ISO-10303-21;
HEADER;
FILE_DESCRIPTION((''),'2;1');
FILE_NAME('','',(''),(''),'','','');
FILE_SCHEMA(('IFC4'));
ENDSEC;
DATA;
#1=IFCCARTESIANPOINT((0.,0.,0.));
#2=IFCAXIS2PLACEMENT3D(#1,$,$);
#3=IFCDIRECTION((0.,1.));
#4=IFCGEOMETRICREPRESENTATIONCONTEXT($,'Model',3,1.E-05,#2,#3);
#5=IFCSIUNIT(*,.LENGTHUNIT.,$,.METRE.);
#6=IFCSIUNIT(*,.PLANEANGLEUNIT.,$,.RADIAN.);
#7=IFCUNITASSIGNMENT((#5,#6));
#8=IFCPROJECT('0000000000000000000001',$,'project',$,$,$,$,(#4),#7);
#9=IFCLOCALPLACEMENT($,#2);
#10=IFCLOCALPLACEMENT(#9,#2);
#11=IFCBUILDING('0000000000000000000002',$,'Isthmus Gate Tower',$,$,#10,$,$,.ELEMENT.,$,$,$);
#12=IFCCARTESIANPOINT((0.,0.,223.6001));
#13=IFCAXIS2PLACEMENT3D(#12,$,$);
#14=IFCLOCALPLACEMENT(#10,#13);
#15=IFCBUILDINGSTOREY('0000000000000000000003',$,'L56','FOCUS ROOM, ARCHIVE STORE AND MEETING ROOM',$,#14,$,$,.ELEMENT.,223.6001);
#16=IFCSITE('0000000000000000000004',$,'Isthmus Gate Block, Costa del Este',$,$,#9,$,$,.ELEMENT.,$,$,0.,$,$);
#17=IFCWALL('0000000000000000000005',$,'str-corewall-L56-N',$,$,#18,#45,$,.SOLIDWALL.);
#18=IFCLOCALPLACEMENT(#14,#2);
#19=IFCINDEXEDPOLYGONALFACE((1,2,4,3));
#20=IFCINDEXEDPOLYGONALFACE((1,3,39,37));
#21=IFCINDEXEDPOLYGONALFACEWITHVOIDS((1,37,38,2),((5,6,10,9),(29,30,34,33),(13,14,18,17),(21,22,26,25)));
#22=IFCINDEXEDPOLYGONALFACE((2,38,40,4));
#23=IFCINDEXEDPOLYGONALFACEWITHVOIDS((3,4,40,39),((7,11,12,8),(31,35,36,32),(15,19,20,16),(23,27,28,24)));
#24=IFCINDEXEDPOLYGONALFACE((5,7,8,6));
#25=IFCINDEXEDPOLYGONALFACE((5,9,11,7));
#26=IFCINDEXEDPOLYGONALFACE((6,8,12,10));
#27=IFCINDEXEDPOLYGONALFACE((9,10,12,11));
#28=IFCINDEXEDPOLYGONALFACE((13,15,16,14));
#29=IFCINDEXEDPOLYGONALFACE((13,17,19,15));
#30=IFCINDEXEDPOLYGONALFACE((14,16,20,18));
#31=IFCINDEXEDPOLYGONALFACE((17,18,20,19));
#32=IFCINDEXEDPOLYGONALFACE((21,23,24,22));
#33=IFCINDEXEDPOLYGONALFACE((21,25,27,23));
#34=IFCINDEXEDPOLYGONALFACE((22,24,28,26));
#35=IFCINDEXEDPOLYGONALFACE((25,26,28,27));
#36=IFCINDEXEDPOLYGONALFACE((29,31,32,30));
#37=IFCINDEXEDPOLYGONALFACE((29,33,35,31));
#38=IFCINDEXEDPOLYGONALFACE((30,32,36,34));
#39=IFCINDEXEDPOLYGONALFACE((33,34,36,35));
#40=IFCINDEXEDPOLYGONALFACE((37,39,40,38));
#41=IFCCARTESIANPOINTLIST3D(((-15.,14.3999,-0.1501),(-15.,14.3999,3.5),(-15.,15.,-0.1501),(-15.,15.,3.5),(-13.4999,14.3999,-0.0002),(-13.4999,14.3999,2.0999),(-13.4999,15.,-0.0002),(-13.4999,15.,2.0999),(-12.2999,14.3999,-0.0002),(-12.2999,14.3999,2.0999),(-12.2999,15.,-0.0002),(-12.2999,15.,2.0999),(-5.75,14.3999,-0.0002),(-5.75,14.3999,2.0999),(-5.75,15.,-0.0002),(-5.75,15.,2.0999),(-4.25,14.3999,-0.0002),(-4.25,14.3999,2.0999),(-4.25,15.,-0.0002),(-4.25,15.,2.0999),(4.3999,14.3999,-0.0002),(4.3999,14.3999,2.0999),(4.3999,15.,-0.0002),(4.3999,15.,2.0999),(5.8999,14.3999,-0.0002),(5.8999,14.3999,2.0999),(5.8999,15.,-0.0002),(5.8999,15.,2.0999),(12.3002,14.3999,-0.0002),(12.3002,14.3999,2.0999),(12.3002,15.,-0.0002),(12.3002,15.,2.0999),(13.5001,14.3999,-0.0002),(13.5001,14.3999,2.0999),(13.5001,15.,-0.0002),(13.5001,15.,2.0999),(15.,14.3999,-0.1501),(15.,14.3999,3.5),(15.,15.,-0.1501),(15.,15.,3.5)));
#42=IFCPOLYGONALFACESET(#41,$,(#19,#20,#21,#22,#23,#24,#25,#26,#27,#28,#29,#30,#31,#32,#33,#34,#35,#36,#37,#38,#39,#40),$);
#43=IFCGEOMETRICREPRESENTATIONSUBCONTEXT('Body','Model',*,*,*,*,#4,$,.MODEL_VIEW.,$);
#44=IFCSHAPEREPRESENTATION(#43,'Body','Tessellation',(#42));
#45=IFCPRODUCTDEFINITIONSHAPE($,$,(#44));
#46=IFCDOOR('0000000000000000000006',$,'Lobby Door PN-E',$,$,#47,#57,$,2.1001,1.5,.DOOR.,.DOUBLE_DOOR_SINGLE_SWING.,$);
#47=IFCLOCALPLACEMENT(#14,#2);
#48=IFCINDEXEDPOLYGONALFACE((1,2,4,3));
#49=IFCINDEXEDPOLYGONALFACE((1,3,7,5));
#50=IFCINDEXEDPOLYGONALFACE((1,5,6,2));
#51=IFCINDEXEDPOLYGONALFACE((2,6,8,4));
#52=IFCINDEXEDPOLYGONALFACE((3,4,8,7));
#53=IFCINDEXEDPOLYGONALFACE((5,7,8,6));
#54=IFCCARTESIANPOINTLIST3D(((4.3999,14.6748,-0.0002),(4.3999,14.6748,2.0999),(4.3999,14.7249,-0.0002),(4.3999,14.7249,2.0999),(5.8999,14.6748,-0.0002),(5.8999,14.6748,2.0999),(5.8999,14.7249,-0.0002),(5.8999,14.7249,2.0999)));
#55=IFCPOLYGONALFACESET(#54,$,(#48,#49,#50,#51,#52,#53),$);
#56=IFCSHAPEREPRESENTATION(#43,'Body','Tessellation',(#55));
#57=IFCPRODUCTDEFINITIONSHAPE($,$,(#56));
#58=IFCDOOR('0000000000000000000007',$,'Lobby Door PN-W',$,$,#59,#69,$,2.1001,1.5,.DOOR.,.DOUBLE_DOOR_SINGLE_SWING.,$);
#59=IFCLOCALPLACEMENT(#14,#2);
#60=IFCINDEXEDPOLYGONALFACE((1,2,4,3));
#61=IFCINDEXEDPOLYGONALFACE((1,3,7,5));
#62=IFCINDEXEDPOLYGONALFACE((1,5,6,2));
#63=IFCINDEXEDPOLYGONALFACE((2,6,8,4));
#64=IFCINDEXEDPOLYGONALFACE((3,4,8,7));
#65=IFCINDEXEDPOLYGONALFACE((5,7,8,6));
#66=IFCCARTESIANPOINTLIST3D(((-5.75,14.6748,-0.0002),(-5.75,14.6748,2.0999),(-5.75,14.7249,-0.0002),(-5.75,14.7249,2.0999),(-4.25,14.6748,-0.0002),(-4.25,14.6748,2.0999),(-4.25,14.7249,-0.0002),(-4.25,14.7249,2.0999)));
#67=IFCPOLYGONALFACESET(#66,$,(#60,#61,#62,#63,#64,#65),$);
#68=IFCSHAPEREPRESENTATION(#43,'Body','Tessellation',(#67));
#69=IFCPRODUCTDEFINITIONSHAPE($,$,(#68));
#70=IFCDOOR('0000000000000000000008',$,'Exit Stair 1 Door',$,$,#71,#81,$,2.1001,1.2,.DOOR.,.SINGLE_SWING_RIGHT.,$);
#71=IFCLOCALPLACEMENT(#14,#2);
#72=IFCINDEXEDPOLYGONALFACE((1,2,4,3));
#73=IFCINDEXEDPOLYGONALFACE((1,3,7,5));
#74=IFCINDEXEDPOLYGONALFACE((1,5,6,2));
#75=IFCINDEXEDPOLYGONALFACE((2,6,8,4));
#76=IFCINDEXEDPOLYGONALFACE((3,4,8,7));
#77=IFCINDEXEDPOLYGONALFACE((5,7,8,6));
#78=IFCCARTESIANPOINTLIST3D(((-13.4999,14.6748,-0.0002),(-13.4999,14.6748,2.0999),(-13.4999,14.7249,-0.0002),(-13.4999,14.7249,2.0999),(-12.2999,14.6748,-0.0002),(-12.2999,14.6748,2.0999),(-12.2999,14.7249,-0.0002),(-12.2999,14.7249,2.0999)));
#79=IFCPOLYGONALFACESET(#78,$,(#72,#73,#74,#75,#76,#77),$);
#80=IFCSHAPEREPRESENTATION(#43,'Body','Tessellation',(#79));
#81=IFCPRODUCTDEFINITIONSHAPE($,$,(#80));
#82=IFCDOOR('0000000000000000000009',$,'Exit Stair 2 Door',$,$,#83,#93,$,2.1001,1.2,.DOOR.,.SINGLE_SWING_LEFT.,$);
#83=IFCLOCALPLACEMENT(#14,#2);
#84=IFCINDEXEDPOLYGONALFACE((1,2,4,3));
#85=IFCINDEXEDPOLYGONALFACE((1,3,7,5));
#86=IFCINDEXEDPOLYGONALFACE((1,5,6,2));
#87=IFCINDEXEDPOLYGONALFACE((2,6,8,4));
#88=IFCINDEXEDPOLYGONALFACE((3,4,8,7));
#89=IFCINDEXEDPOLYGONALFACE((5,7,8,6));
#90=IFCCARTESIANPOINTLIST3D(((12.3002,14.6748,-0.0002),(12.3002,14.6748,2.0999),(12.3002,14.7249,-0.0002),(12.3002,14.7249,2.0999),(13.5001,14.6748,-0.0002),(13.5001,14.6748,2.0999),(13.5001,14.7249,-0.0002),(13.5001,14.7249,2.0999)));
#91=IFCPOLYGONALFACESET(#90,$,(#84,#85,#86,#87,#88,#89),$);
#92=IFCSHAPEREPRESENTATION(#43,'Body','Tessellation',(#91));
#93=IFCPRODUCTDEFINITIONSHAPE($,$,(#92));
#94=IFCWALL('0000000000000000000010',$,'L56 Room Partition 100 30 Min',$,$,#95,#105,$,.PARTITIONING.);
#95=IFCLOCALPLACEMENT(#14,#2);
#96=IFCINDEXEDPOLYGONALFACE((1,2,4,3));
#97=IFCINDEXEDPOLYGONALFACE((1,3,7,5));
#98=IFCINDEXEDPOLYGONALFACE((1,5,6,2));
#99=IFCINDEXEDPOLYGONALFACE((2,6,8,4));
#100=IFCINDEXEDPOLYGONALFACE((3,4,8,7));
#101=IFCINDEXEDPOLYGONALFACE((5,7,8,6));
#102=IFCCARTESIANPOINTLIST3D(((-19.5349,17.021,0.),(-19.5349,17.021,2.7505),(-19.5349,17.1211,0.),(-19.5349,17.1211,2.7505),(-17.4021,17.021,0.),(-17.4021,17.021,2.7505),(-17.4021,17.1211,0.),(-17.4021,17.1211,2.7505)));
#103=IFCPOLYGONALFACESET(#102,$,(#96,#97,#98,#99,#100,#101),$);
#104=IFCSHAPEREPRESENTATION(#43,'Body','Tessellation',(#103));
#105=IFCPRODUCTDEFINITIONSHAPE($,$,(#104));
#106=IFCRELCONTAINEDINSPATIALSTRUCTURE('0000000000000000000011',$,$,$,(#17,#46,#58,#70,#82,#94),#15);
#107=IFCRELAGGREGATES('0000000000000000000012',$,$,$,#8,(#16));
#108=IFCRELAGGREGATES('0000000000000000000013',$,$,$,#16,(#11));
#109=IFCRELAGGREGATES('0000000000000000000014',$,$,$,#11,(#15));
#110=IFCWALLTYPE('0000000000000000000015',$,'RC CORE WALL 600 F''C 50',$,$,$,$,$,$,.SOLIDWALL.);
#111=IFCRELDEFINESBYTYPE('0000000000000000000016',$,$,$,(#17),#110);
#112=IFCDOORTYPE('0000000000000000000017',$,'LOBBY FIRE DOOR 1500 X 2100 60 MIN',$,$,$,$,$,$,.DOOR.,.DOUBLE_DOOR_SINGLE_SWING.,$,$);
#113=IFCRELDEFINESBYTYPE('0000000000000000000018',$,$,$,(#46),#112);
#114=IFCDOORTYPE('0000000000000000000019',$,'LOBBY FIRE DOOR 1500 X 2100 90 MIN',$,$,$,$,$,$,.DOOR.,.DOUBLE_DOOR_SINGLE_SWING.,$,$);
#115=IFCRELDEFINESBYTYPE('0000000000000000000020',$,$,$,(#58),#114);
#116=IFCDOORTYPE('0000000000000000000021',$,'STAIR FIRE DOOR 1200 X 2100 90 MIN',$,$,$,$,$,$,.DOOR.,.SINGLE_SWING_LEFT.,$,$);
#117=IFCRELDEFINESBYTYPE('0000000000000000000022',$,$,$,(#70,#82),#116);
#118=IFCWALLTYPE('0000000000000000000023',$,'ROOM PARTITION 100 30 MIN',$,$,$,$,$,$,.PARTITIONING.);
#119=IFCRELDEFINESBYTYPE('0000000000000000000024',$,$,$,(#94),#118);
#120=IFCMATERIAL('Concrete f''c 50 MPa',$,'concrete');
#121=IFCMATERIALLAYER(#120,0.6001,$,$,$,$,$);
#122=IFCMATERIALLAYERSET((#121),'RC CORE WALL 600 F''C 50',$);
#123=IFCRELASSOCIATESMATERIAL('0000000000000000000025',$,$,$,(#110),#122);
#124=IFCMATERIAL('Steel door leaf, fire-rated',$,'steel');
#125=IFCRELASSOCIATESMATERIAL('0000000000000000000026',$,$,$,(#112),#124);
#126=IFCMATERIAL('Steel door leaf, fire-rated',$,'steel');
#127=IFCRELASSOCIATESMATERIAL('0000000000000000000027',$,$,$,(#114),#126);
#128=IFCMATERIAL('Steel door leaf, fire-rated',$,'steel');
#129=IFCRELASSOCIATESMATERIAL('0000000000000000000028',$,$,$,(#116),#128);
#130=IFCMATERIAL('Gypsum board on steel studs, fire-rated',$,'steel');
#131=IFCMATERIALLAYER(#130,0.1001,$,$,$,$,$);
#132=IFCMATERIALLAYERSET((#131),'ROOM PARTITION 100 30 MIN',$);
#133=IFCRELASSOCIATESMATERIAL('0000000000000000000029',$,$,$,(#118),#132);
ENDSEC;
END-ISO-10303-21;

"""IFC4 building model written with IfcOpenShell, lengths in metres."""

from ifc_helpers import new_model, si_unit, direction, frame, frame_2d, origin, place, context, subcontext, project, spatial, rectangle, extrude, material, layer, layer_set, type_object, element, fill, save


model = new_model("IFC4")

# Units and contexts
model_context = context("Model", 3, precision=1e-05, world=origin(), true_north=direction((0.0, 1.0)))
body_context = subcontext(model_context, "Body", "Model", "MODEL_VIEW")
ifc_project = project(units=[si_unit("LENGTHUNIT", "METRE"), si_unit("PLANEANGLEUNIT", "RADIAN")], contexts=[model_context])

# Site, building, storey
site_placement = place(None, origin())
site = spatial("IfcSite", under=ifc_project, at=site_placement, Name="Isthmus Gate Block, Costa del Este", CompositionType="ELEMENT", RefElevation=0.0)
building_placement = place(site_placement, origin())
building = spatial("IfcBuilding", under=site, at=building_placement, Name="Isthmus Gate Tower", CompositionType="ELEMENT")
storey_placement = place(building_placement, frame((0.0, 0.0, 223.6001)))
storey = spatial("IfcBuildingStorey", under=building, at=storey_placement, Name="L56", Description="FOCUS ROOM, ARCHIVE STORE AND MEETING ROOM", CompositionType="ELEMENT", Elevation=223.6001)

# Wall, openings, doors
ifc_material_1 = material(Name="Concrete f'c 50 MPa", Category="concrete")
ifc_layer_1 = layer(ifc_material_1, 0.6001)
ifc_layer_set_1 = layer_set([ifc_layer_1], Name="RC CORE WALL 600 F'C 50")
wall_type_1 = type_object("IfcWallType", Name="RC CORE WALL 600 F'C 50", PredefinedType="SOLIDWALL", material=ifc_layer_set_1)
wall_1_placement = place(storey_placement, frame((-15.0, 14.7, -0.1501), z_axis=(0.0, 0.0, 1.0), x_axis=(1.0, 0.0, 0.0)))
wall_1 = element("IfcWall", 1, at=wall_1_placement, inside=storey, type_object=wall_type_1, Name="str-corewall-L56-N", PredefinedType="SOLIDWALL", context=body_context, shape_type="SweptSolid", body=[
    extrude(rectangle(XDim=30.0, YDim=0.6001, at=frame_2d((15.0, 0.0))), origin(), (0.0, 0.0, 1.0), 3.6501),
])
opening_1_placement = place(wall_1_placement, frame((9.25, 0.0, 0.1499)))
opening_1 = element("IfcOpeningElement", 2, at=opening_1_placement, cuts=wall_1, PredefinedType="OPENING", context=body_context, shape_type="SweptSolid", body=[
    extrude(rectangle(XDim=1.5, YDim=2.1001, at=frame_2d((0.75, 1.05))), frame((0.0, 0.3101, 0.0), z_axis=(0.0, -1.0, 0.0), x_axis=(1.0, 0.0, 0.0)), (0.0, 0.0, 1.0), 0.6201),
])
opening_2_placement = place(wall_1_placement, frame((19.3999, 0.0, 0.1499)))
opening_2 = element("IfcOpeningElement", 3, at=opening_2_placement, cuts=wall_1, PredefinedType="OPENING", context=body_context, shape_type="SweptSolid", body=[
    extrude(rectangle(XDim=1.5, YDim=2.1001, at=frame_2d((0.75, 1.05))), frame((0.0, 0.3101, 0.0), z_axis=(0.0, -1.0, 0.0), x_axis=(1.0, 0.0, 0.0)), (0.0, 0.0, 1.0), 0.6201),
])
opening_3_placement = place(wall_1_placement, frame((1.5, 0.0, 0.1499)))
opening_3 = element("IfcOpeningElement", 4, at=opening_3_placement, cuts=wall_1, PredefinedType="OPENING", context=body_context, shape_type="SweptSolid", body=[
    extrude(rectangle(XDim=1.2, YDim=2.1001, at=frame_2d((0.6001, 1.05))), frame((0.0, 0.3101, 0.0), z_axis=(0.0, -1.0, 0.0), x_axis=(1.0, 0.0, 0.0)), (0.0, 0.0, 1.0), 0.6201),
])
opening_4_placement = place(wall_1_placement, frame((27.3, 0.0, 0.1499)))
opening_4 = element("IfcOpeningElement", 5, at=opening_4_placement, cuts=wall_1, PredefinedType="OPENING", context=body_context, shape_type="SweptSolid", body=[
    extrude(rectangle(XDim=1.2, YDim=2.1001, at=frame_2d((0.6001, 1.05))), frame((0.0, 0.3101, 0.0), z_axis=(0.0, -1.0, 0.0), x_axis=(1.0, 0.0, 0.0)), (0.0, 0.0, 1.0), 0.6201),
])
ifc_material_2 = material(Name="Steel door leaf, fire-rated", Category="steel")
door_type_1 = type_object("IfcDoorType", Name="LOBBY FIRE DOOR 1500 X 2100 60 MIN", OperationType="DOUBLE_DOOR_SINGLE_SWING", PredefinedType="DOOR", material=ifc_material_2)
door_1_placement = place(opening_2_placement, origin())
door_1 = element("IfcDoor", 6, at=door_1_placement, inside=storey, type_object=door_type_1, Name="Lobby Door PN-E", OperationType="DOUBLE_DOOR_SINGLE_SWING", OverallHeight=2.1001, OverallWidth=1.5, PredefinedType="DOOR", context=body_context, shape_type="SweptSolid", body=[
    extrude(rectangle(XDim=1.5, YDim=2.1001, at=frame_2d((0.75, 1.05))), frame((0.0, 0.0249, 0.0), z_axis=(0.0, -1.0, 0.0), x_axis=(1.0, 0.0, 0.0)), (0.0, 0.0, 1.0), 0.05),
])
fill(opening_2, door_1)
ifc_material_3 = material(Name="Steel door leaf, fire-rated", Category="steel")
door_type_2 = type_object("IfcDoorType", Name="LOBBY FIRE DOOR 1500 X 2100 90 MIN", OperationType="DOUBLE_DOOR_SINGLE_SWING", PredefinedType="DOOR", material=ifc_material_3)
door_2_placement = place(opening_1_placement, origin())
door_2 = element("IfcDoor", 7, at=door_2_placement, inside=storey, type_object=door_type_2, Name="Lobby Door PN-W", OperationType="DOUBLE_DOOR_SINGLE_SWING", OverallHeight=2.1001, OverallWidth=1.5, PredefinedType="DOOR", context=body_context, shape_type="SweptSolid", body=[
    extrude(rectangle(XDim=1.5, YDim=2.1001, at=frame_2d((0.75, 1.05))), frame((0.0, 0.0249, 0.0), z_axis=(0.0, -1.0, 0.0), x_axis=(1.0, 0.0, 0.0)), (0.0, 0.0, 1.0), 0.05),
])
fill(opening_1, door_2)
ifc_material_4 = material(Name="Steel door leaf, fire-rated", Category="steel")
door_type_3 = type_object("IfcDoorType", Name="STAIR FIRE DOOR 1200 X 2100 90 MIN", OperationType="SINGLE_SWING_LEFT", PredefinedType="DOOR", material=ifc_material_4)
door_3_placement = place(opening_3_placement, origin())
door_3 = element("IfcDoor", 8, at=door_3_placement, inside=storey, type_object=door_type_3, Name="Exit Stair 1 Door", OperationType="SINGLE_SWING_RIGHT", OverallHeight=2.1001, OverallWidth=1.2, PredefinedType="DOOR", context=body_context, shape_type="SweptSolid", body=[
    extrude(rectangle(XDim=1.2, YDim=2.1001, at=frame_2d((0.6001, 1.05))), frame((0.0, 0.0249, 0.0), z_axis=(0.0, -1.0, 0.0), x_axis=(1.0, 0.0, 0.0)), (0.0, 0.0, 1.0), 0.05),
])
fill(opening_3, door_3)
door_4_placement = place(opening_4_placement, origin())
door_4 = element("IfcDoor", 9, at=door_4_placement, inside=storey, type_object=door_type_3, Name="Exit Stair 2 Door", OperationType="SINGLE_SWING_LEFT", OverallHeight=2.1001, OverallWidth=1.2, PredefinedType="DOOR", context=body_context, shape_type="SweptSolid", body=[
    extrude(rectangle(XDim=1.2, YDim=2.1001, at=frame_2d((0.6001, 1.05))), frame((0.0, 0.0249, 0.0), z_axis=(0.0, -1.0, 0.0), x_axis=(1.0, 0.0, 0.0)), (0.0, 0.0, 1.0), 0.05),
])
fill(opening_4, door_4)

# Wall
ifc_material_5 = material(Name="Gypsum board on steel studs, fire-rated", Category="steel")
ifc_layer_2 = layer(ifc_material_5, 0.1001)
ifc_layer_set_2 = layer_set([ifc_layer_2], Name="ROOM PARTITION 100 30 MIN")
wall_type_2 = type_object("IfcWallType", Name="ROOM PARTITION 100 30 MIN", PredefinedType="PARTITIONING", material=ifc_layer_set_2)
wall_2_placement = place(storey_placement, frame((-19.5349, 17.071, 0.0), z_axis=(0.0, 0.0, 1.0), x_axis=(1.0, 0.0, 0.0)))
element("IfcWall", 10, at=wall_2_placement, inside=storey, type_object=wall_type_2, Name="L56 Room Partition 100 30 Min", PredefinedType="PARTITIONING", context=body_context, shape_type="SweptSolid", body=[
    extrude(rectangle(XDim=2.1328, YDim=0.1001, at=frame_2d((1.0664, 0.0))), origin(), (0.0, 0.0, 1.0), 2.7505),
])

save(model, "model.ifc")
